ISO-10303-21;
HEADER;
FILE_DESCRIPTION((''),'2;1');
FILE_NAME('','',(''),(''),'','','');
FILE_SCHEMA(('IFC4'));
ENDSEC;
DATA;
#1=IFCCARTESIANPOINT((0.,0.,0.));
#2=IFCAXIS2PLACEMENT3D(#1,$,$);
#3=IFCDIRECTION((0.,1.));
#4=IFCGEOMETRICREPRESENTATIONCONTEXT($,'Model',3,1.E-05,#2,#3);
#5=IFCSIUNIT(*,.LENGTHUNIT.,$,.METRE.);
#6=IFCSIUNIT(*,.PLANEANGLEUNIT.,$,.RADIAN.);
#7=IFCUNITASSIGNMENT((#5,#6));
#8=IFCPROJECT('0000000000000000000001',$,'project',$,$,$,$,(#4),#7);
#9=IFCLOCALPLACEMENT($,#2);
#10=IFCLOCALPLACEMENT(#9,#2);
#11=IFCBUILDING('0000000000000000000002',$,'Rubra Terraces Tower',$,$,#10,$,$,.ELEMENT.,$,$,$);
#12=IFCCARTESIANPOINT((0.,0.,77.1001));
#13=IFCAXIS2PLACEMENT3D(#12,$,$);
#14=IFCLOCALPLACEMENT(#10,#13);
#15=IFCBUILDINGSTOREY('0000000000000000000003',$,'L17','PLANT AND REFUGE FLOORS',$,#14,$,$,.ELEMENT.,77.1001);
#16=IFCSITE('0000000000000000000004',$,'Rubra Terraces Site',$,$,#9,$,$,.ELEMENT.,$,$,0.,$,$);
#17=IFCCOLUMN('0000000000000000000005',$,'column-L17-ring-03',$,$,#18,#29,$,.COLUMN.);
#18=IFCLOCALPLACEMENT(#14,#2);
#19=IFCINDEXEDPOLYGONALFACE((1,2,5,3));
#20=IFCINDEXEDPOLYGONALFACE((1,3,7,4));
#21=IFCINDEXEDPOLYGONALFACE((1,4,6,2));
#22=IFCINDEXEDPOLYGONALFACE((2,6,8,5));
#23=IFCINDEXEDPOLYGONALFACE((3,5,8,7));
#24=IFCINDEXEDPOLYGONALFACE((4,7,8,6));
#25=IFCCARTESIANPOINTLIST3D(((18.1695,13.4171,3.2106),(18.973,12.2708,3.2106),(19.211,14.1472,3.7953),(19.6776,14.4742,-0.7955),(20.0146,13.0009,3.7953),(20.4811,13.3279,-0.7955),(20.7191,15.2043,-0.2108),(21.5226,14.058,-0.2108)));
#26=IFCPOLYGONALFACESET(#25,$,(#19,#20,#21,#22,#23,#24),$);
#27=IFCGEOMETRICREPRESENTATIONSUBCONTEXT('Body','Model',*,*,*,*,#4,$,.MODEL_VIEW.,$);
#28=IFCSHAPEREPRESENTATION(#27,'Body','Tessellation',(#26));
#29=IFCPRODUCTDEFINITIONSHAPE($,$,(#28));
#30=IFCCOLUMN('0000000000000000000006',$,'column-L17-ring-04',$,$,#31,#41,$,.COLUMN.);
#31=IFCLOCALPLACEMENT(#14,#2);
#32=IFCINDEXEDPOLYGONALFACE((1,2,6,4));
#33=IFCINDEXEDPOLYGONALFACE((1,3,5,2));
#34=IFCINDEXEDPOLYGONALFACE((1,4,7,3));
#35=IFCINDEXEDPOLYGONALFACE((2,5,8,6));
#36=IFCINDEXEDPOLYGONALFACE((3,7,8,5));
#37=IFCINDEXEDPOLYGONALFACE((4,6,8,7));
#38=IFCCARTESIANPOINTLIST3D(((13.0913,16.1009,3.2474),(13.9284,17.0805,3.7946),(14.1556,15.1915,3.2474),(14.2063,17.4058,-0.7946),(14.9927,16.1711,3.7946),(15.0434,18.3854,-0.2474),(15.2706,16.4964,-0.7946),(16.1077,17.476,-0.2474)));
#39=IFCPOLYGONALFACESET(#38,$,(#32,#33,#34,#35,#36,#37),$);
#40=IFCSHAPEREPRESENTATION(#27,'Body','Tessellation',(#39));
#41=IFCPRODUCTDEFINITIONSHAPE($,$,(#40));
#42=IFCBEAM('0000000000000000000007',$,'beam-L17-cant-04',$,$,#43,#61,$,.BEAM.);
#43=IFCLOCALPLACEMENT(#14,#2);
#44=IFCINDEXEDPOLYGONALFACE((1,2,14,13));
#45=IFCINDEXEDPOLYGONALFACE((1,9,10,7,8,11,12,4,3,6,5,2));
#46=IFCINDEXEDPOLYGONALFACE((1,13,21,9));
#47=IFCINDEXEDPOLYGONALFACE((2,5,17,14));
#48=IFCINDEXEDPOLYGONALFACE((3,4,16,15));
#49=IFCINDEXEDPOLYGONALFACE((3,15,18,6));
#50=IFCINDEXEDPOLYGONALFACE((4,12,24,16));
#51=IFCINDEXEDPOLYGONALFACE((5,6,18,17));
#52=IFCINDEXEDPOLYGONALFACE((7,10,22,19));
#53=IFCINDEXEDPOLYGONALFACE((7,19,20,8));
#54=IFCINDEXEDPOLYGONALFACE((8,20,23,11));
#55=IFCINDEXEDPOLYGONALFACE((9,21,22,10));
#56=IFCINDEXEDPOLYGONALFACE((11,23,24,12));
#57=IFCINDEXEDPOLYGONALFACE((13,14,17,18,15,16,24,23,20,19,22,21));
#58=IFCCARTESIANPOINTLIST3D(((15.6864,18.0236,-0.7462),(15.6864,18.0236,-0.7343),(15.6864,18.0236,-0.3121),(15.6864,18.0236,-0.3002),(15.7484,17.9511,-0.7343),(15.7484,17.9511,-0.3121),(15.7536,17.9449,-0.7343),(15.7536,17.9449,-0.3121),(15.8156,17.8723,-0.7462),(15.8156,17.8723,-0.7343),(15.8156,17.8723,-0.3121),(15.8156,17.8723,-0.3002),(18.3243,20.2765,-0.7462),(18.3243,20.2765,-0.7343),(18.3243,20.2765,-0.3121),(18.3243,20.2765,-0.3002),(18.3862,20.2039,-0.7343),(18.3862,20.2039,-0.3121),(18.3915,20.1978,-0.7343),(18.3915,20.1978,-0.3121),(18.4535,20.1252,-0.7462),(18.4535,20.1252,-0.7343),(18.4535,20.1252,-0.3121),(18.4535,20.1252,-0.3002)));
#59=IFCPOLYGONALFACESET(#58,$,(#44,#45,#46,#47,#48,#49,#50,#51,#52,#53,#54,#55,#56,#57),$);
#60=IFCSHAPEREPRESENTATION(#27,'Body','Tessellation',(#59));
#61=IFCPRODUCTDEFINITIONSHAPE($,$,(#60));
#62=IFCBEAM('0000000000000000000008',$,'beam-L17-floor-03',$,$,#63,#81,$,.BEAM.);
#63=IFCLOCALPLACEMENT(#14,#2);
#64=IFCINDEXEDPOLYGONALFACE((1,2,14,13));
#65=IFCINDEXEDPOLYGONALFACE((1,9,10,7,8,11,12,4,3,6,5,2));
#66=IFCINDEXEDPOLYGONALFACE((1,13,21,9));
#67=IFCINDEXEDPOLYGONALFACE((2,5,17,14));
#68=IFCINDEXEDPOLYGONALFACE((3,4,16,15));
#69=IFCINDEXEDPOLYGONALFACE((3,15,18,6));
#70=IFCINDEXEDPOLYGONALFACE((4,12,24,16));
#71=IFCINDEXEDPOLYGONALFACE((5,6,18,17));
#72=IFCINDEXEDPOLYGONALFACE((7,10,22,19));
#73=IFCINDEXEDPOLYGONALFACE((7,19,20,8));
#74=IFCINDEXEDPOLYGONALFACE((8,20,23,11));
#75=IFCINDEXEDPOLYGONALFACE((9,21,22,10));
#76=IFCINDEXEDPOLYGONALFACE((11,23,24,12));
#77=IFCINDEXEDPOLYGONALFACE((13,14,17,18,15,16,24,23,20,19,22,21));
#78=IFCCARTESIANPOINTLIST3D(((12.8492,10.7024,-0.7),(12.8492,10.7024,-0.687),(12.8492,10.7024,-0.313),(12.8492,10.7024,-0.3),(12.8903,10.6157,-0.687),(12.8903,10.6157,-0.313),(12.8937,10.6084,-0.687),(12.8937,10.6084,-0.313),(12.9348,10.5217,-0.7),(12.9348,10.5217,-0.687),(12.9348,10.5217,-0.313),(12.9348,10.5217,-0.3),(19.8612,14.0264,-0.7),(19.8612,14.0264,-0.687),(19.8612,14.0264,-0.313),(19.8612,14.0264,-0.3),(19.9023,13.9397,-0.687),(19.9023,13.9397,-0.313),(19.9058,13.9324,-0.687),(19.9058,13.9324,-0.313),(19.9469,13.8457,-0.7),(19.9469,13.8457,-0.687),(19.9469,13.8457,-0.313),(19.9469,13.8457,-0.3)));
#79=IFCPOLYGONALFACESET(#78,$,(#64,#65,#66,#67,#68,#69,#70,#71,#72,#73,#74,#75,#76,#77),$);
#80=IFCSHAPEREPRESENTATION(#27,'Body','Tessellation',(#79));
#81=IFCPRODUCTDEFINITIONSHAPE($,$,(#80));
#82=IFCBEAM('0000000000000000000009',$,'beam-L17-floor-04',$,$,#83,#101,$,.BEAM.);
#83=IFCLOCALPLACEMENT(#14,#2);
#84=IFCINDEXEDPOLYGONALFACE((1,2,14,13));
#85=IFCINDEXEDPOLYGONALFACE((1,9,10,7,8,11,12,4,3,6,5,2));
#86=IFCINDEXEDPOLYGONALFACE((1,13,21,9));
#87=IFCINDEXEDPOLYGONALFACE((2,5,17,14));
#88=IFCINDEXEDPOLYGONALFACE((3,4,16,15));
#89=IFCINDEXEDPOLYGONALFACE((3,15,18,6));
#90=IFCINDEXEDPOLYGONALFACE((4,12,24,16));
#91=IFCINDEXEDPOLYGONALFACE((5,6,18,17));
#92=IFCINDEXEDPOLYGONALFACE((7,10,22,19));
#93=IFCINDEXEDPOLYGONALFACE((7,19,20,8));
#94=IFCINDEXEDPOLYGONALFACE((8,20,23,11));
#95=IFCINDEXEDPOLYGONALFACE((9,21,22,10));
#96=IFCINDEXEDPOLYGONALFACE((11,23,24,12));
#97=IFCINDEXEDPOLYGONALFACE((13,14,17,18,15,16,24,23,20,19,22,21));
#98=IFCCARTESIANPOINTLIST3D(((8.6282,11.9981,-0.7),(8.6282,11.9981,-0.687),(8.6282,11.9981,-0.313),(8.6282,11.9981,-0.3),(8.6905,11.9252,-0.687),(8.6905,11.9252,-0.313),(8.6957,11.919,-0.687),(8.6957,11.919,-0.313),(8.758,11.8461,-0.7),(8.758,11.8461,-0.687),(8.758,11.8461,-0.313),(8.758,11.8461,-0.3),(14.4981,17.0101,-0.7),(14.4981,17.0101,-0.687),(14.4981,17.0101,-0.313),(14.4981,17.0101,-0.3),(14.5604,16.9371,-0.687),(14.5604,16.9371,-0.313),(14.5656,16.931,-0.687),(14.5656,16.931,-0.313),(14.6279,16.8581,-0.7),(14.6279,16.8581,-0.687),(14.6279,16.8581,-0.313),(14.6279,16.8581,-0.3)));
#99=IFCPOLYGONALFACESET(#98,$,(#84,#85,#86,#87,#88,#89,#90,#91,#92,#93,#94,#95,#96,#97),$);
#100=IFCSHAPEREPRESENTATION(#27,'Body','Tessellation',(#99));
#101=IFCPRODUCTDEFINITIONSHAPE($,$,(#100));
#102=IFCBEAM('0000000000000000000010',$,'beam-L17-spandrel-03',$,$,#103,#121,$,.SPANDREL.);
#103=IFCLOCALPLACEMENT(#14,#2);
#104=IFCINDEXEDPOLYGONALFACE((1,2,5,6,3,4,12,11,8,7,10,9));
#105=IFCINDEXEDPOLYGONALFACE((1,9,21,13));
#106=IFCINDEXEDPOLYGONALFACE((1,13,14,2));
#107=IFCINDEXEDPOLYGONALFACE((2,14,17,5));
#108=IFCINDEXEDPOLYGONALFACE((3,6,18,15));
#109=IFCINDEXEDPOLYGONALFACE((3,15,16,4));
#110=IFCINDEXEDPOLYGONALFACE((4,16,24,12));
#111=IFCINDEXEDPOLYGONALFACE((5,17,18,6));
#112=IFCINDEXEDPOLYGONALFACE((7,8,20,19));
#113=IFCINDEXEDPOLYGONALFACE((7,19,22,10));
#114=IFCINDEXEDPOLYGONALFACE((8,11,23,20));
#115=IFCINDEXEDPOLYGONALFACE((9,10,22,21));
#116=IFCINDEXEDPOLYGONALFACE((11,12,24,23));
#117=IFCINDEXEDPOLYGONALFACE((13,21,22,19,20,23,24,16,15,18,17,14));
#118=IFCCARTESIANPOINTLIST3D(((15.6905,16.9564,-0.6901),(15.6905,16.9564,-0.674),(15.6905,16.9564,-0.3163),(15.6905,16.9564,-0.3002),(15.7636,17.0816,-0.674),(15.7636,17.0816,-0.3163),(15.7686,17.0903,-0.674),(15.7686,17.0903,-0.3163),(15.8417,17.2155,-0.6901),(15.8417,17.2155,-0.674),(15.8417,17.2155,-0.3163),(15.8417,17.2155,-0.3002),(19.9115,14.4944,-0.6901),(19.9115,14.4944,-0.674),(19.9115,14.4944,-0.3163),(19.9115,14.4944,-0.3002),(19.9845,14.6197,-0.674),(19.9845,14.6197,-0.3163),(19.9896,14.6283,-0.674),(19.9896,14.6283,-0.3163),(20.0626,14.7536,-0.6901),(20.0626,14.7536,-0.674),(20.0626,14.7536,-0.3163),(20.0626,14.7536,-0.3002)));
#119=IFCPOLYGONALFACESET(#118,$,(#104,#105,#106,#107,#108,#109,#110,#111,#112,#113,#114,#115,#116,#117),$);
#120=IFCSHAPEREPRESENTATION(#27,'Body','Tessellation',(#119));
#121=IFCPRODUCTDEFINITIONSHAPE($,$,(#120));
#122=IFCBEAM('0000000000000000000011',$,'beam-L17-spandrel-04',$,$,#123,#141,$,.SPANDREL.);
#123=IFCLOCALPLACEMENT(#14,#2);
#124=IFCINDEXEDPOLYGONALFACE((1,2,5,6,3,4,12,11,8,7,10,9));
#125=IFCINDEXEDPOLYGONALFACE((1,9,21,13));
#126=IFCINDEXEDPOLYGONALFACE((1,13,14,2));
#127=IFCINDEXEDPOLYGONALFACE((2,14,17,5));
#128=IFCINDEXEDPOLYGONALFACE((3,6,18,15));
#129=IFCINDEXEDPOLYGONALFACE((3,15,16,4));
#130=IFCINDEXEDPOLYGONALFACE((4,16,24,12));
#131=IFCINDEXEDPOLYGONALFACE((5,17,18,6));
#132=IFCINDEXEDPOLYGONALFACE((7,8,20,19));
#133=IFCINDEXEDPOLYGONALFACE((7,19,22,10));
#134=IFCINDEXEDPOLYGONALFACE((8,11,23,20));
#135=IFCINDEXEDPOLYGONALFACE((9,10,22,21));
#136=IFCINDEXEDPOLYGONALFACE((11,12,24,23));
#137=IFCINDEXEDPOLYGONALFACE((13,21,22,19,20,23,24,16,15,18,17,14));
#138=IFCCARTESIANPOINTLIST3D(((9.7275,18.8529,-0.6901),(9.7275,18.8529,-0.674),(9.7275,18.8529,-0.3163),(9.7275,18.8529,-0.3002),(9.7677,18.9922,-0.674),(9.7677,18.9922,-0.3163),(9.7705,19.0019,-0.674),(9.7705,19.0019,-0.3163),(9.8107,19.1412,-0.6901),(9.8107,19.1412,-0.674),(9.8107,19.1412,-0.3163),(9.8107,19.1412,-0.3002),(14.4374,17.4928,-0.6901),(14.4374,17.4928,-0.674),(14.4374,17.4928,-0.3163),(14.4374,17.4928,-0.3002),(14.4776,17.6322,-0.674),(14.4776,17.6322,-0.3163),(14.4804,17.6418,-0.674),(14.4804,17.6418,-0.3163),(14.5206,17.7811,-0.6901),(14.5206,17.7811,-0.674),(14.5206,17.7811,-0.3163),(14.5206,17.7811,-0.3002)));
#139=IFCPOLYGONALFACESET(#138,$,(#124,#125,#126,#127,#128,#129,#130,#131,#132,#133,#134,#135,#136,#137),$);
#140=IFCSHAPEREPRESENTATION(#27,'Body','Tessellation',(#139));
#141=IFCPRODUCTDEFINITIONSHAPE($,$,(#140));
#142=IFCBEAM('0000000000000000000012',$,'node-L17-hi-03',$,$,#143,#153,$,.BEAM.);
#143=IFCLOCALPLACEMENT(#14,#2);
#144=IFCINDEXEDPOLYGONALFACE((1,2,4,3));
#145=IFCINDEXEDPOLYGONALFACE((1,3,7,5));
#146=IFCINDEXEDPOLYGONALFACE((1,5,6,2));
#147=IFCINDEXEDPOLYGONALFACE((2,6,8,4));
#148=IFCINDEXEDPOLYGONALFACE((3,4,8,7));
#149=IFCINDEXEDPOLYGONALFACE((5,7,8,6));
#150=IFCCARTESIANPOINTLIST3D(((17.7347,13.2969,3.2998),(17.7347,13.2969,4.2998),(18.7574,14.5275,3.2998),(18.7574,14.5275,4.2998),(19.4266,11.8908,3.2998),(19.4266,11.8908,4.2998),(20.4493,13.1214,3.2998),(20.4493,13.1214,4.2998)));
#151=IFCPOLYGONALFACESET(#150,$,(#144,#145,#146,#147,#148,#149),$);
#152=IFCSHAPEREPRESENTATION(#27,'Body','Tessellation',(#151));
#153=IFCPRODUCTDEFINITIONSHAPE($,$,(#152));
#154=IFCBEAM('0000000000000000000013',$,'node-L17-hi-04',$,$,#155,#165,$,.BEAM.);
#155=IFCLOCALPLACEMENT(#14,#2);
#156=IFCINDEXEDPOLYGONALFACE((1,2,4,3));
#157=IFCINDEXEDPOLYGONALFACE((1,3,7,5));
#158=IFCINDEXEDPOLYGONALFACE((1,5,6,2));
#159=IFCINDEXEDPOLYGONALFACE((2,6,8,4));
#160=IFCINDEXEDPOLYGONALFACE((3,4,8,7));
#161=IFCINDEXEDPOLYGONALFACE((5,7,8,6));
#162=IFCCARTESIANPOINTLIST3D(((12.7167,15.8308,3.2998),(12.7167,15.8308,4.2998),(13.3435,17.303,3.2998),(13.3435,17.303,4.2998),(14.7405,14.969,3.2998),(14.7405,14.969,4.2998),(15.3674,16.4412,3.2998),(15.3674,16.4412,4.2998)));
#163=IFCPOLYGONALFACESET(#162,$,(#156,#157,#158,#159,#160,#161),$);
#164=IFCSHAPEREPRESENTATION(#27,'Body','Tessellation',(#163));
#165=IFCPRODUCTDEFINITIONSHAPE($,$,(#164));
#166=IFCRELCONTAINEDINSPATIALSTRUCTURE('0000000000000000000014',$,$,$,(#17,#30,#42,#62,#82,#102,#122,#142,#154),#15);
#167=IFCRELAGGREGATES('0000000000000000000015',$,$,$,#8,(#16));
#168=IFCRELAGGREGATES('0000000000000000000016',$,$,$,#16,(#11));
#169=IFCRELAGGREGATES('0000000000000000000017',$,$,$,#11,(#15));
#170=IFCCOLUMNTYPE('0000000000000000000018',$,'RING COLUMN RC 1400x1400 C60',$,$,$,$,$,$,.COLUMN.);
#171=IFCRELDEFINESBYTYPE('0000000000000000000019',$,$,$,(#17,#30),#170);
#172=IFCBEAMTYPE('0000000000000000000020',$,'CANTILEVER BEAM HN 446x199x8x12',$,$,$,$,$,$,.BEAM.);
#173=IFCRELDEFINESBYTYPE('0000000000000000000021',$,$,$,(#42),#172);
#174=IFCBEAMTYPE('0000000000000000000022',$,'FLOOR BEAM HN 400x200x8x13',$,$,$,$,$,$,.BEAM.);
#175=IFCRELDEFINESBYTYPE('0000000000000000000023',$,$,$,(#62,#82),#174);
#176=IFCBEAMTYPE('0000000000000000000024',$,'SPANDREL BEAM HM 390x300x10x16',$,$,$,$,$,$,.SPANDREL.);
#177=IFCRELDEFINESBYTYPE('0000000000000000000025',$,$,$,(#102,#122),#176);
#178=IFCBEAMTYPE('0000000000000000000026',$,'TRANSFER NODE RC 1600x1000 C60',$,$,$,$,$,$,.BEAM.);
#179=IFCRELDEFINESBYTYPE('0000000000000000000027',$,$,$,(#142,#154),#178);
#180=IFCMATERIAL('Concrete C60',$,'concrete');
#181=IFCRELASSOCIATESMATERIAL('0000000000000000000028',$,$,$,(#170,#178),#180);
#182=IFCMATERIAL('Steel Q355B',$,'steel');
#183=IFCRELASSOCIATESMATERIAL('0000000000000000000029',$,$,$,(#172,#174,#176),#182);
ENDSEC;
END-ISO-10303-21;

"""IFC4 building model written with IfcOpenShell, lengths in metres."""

from ifc_helpers import new_model, si_unit, direction, frame, origin, origin_2d, place, context, subcontext, project, spatial, rectangle, i_section, extrude, material, material_profile, profile_set, type_object, element, save


model = new_model("IFC4")

# Units and contexts
model_context = context("Model", 3, precision=1e-05, world=origin(), true_north=direction((0.0, 1.0)))
body_context = subcontext(model_context, "Body", "Model", "MODEL_VIEW")
ifc_project = project(units=[si_unit("LENGTHUNIT", "METRE"), si_unit("PLANEANGLEUNIT", "RADIAN")], contexts=[model_context])

# Site, building, storey
site_placement = place(None, origin())
site = spatial("IfcSite", under=ifc_project, at=site_placement, Name="Rubra Terraces Site", CompositionType="ELEMENT", RefElevation=0.0)
building_placement = place(site_placement, origin())
building = spatial("IfcBuilding", under=site, at=building_placement, Name="Rubra Terraces Tower", CompositionType="ELEMENT")
storey_placement = place(building_placement, frame((0.0, 0.0, 77.1001)))
storey = spatial("IfcBuildingStorey", under=building, at=storey_placement, Name="L17", Description="PLANT AND REFUGE FLOORS", CompositionType="ELEMENT", Elevation=77.1001)

# Columns
ifc_material_1 = material(Name="Concrete C60", Category="concrete")
ifc_material_profile_1 = material_profile(ifc_material_1, rectangle(XDim=1.3999, YDim=1.3999, at=origin_2d()), Name="RC 1400x1400")
ifc_profile_set_1 = profile_set([ifc_material_profile_1], Name="Concrete C60")
column_type = type_object("IfcColumnType", Name="RING COLUMN RC 1400x1400 C60", PredefinedType="COLUMN", material=ifc_profile_set_1)
column_1_placement = place(storey_placement, frame((20.6001, 14.2661, -0.5032), z_axis=(-0.342029, -0.239758, 0.908588), x_axis=(0.574005, -0.818852, 0.0)))
element("IfcColumn", 1, at=column_1_placement, inside=storey, type_object=column_type, Name="column-L17-ring-03", PredefinedType="COLUMN", context=body_context, shape_type="SweptSolid", body=[
    extrude(rectangle(XDim=1.3999, YDim=1.3999, at=origin_2d()), origin(), (0.0, 0.0, 1.0), 4.4092),
])
column_2_placement = place(storey_placement, frame((15.157, 17.4409, -0.521), z_axis=(-0.253907, -0.297161, 0.920449), x_axis=(0.76027, -0.649607, 0.0)))
element("IfcColumn", 2, at=column_2_placement, inside=storey, type_object=column_type, Name="column-L17-ring-04", PredefinedType="COLUMN", context=body_context, shape_type="SweptSolid", body=[
    extrude(rectangle(XDim=1.3999, YDim=1.3999, at=origin_2d()), origin(), (0.0, 0.0, 1.0), 4.3914),
])

# Beams
ifc_material_2 = material(Name="Steel Q355B", Category="steel")
ifc_material_profile_2 = material_profile(ifc_material_2, i_section(OverallWidth=0.199, OverallDepth=0.446, WebThickness=0.0081, FlangeThickness=0.012, at=origin_2d()), Name="HN 446x199x8x12")
ifc_profile_set_2 = profile_set([ifc_material_profile_2], Name="Steel Q355B")
beam_type_1 = type_object("IfcBeamType", Name="CANTILEVER BEAM HN 446x199x8x12", PredefinedType="BEAM", material=ifc_profile_set_2)
beam_1_placement = place(storey_placement, frame((15.751, 17.948, -0.5232), z_axis=(0.760418, 0.649434, 0.0), x_axis=(-0.649434, 0.760418, 0.0)))
element("IfcBeam", 3, at=beam_1_placement, inside=storey, type_object=beam_type_1, Name="beam-L17-cant-04", PredefinedType="BEAM", context=body_context, shape_type="SweptSolid", body=[
    extrude(i_section(OverallWidth=0.199, OverallDepth=0.446, WebThickness=0.0081, FlangeThickness=0.012, at=origin_2d()), origin(), (0.0, 0.0, 1.0), 3.469),
])
ifc_material_profile_3 = material_profile(ifc_material_2, i_section(OverallWidth=0.2, OverallDepth=0.3999, WebThickness=0.0081, FlangeThickness=0.0129, at=origin_2d()), Name="HN 400x200x8x13")
ifc_profile_set_3 = profile_set([ifc_material_profile_3], Name="Steel Q355B")
beam_type_2 = type_object("IfcBeamType", Name="FLOOR BEAM HN 400x200x8x13", PredefinedType="BEAM", material=ifc_profile_set_3)
beam_2_placement = place(storey_placement, frame((19.9041, 13.936, -0.5), z_axis=(-0.903612, -0.428351, 0.0), x_axis=(0.428351, -0.903612, 0.0)))
element("IfcBeam", 4, at=beam_2_placement, inside=storey, type_object=beam_type_2, Name="beam-L17-floor-03", PredefinedType="BEAM", context=body_context, shape_type="SweptSolid", body=[
    extrude(i_section(OverallWidth=0.2, OverallDepth=0.3999, WebThickness=0.0081, FlangeThickness=0.0129, at=origin_2d()), origin(), (0.0, 0.0, 1.0), 7.76),
])
beam_3_placement = place(storey_placement, frame((14.563, 16.9341, -0.5), z_axis=(-0.760494, -0.649344, 0.0), x_axis=(0.649344, -0.760494, 0.0)))
element("IfcBeam", 5, at=beam_3_placement, inside=storey, type_object=beam_type_2, Name="beam-L17-floor-04", PredefinedType="BEAM", context=body_context, shape_type="SweptSolid", body=[
    extrude(i_section(OverallWidth=0.2, OverallDepth=0.3999, WebThickness=0.0081, FlangeThickness=0.0129, at=origin_2d()), origin(), (0.0, 0.0, 1.0), 7.7185),
])
ifc_material_profile_4 = material_profile(ifc_material_2, i_section(OverallWidth=0.3, OverallDepth=0.3899, WebThickness=0.01, FlangeThickness=0.0161, at=origin_2d()), Name="HM 390x300x10x16")
ifc_profile_set_4 = profile_set([ifc_material_profile_4], Name="Steel Q355B")
beam_type_3 = type_object("IfcBeamType", Name="SPANDREL BEAM HM 390x300x10x16", PredefinedType="SPANDREL", material=ifc_profile_set_4)
beam_4_placement = place(storey_placement, frame((19.9871, 14.624, -0.4951), z_axis=(-0.863806, 0.503824, 0.0), x_axis=(-0.503824, -0.863806, 0.0)))
element("IfcBeam", 6, at=beam_4_placement, inside=storey, type_object=beam_type_3, Name="beam-L17-spandrel-03", PredefinedType="SPANDREL", context=body_context, shape_type="SweptSolid", body=[
    extrude(i_section(OverallWidth=0.3, OverallDepth=0.3899, WebThickness=0.01, FlangeThickness=0.0161, at=origin_2d()), origin(), (0.0, 0.0, 1.0), 4.8865),
])
beam_5_placement = place(storey_placement, frame((14.479, 17.637, -0.4951), z_axis=(-0.960744, 0.277436, 0.0), x_axis=(-0.277436, -0.960744, 0.0)))
element("IfcBeam", 7, at=beam_5_placement, inside=storey, type_object=beam_type_3, Name="beam-L17-spandrel-04", PredefinedType="SPANDREL", context=body_context, shape_type="SweptSolid", body=[
    extrude(i_section(OverallWidth=0.3, OverallDepth=0.3899, WebThickness=0.01, FlangeThickness=0.0161, at=origin_2d()), origin(), (0.0, 0.0, 1.0), 4.9023),
])
ifc_material_profile_5 = material_profile(ifc_material_1, rectangle(XDim=1.6001, YDim=1.0, at=origin_2d()), Name="RC 1600x1000")
ifc_profile_set_5 = profile_set([ifc_material_profile_5], Name="Concrete C60")
beam_type_4 = type_object("IfcBeamType", Name="TRANSFER NODE RC 1600x1000 C60", PredefinedType="BEAM", material=ifc_profile_set_5)
beam_6_placement = place(storey_placement, frame((19.938, 12.5061, 3.7998), z_axis=(-0.769094, 0.639136, 0.0), x_axis=(-0.639136, -0.769094, 0.0)))
element("IfcBeam", 8, at=beam_6_placement, inside=storey, type_object=beam_type_4, Name="node-L17-hi-03", PredefinedType="BEAM", context=body_context, shape_type="SweptSolid", body=[
    extrude(rectangle(XDim=1.6001, YDim=1.0, at=origin_2d()), origin(), (0.0, 0.0, 1.0), 2.2),
])
beam_7_placement = place(storey_placement, frame((15.054, 15.7051, 3.7998), z_axis=(-0.920061, 0.391775, 0.0), x_axis=(-0.391775, -0.920061, 0.0)))
element("IfcBeam", 9, at=beam_7_placement, inside=storey, type_object=beam_type_4, Name="node-L17-hi-04", PredefinedType="BEAM", context=body_context, shape_type="SweptSolid", body=[
    extrude(rectangle(XDim=1.6001, YDim=1.0, at=origin_2d()), origin(), (0.0, 0.0, 1.0), 2.1997),
])

save(model, "model.ifc")
